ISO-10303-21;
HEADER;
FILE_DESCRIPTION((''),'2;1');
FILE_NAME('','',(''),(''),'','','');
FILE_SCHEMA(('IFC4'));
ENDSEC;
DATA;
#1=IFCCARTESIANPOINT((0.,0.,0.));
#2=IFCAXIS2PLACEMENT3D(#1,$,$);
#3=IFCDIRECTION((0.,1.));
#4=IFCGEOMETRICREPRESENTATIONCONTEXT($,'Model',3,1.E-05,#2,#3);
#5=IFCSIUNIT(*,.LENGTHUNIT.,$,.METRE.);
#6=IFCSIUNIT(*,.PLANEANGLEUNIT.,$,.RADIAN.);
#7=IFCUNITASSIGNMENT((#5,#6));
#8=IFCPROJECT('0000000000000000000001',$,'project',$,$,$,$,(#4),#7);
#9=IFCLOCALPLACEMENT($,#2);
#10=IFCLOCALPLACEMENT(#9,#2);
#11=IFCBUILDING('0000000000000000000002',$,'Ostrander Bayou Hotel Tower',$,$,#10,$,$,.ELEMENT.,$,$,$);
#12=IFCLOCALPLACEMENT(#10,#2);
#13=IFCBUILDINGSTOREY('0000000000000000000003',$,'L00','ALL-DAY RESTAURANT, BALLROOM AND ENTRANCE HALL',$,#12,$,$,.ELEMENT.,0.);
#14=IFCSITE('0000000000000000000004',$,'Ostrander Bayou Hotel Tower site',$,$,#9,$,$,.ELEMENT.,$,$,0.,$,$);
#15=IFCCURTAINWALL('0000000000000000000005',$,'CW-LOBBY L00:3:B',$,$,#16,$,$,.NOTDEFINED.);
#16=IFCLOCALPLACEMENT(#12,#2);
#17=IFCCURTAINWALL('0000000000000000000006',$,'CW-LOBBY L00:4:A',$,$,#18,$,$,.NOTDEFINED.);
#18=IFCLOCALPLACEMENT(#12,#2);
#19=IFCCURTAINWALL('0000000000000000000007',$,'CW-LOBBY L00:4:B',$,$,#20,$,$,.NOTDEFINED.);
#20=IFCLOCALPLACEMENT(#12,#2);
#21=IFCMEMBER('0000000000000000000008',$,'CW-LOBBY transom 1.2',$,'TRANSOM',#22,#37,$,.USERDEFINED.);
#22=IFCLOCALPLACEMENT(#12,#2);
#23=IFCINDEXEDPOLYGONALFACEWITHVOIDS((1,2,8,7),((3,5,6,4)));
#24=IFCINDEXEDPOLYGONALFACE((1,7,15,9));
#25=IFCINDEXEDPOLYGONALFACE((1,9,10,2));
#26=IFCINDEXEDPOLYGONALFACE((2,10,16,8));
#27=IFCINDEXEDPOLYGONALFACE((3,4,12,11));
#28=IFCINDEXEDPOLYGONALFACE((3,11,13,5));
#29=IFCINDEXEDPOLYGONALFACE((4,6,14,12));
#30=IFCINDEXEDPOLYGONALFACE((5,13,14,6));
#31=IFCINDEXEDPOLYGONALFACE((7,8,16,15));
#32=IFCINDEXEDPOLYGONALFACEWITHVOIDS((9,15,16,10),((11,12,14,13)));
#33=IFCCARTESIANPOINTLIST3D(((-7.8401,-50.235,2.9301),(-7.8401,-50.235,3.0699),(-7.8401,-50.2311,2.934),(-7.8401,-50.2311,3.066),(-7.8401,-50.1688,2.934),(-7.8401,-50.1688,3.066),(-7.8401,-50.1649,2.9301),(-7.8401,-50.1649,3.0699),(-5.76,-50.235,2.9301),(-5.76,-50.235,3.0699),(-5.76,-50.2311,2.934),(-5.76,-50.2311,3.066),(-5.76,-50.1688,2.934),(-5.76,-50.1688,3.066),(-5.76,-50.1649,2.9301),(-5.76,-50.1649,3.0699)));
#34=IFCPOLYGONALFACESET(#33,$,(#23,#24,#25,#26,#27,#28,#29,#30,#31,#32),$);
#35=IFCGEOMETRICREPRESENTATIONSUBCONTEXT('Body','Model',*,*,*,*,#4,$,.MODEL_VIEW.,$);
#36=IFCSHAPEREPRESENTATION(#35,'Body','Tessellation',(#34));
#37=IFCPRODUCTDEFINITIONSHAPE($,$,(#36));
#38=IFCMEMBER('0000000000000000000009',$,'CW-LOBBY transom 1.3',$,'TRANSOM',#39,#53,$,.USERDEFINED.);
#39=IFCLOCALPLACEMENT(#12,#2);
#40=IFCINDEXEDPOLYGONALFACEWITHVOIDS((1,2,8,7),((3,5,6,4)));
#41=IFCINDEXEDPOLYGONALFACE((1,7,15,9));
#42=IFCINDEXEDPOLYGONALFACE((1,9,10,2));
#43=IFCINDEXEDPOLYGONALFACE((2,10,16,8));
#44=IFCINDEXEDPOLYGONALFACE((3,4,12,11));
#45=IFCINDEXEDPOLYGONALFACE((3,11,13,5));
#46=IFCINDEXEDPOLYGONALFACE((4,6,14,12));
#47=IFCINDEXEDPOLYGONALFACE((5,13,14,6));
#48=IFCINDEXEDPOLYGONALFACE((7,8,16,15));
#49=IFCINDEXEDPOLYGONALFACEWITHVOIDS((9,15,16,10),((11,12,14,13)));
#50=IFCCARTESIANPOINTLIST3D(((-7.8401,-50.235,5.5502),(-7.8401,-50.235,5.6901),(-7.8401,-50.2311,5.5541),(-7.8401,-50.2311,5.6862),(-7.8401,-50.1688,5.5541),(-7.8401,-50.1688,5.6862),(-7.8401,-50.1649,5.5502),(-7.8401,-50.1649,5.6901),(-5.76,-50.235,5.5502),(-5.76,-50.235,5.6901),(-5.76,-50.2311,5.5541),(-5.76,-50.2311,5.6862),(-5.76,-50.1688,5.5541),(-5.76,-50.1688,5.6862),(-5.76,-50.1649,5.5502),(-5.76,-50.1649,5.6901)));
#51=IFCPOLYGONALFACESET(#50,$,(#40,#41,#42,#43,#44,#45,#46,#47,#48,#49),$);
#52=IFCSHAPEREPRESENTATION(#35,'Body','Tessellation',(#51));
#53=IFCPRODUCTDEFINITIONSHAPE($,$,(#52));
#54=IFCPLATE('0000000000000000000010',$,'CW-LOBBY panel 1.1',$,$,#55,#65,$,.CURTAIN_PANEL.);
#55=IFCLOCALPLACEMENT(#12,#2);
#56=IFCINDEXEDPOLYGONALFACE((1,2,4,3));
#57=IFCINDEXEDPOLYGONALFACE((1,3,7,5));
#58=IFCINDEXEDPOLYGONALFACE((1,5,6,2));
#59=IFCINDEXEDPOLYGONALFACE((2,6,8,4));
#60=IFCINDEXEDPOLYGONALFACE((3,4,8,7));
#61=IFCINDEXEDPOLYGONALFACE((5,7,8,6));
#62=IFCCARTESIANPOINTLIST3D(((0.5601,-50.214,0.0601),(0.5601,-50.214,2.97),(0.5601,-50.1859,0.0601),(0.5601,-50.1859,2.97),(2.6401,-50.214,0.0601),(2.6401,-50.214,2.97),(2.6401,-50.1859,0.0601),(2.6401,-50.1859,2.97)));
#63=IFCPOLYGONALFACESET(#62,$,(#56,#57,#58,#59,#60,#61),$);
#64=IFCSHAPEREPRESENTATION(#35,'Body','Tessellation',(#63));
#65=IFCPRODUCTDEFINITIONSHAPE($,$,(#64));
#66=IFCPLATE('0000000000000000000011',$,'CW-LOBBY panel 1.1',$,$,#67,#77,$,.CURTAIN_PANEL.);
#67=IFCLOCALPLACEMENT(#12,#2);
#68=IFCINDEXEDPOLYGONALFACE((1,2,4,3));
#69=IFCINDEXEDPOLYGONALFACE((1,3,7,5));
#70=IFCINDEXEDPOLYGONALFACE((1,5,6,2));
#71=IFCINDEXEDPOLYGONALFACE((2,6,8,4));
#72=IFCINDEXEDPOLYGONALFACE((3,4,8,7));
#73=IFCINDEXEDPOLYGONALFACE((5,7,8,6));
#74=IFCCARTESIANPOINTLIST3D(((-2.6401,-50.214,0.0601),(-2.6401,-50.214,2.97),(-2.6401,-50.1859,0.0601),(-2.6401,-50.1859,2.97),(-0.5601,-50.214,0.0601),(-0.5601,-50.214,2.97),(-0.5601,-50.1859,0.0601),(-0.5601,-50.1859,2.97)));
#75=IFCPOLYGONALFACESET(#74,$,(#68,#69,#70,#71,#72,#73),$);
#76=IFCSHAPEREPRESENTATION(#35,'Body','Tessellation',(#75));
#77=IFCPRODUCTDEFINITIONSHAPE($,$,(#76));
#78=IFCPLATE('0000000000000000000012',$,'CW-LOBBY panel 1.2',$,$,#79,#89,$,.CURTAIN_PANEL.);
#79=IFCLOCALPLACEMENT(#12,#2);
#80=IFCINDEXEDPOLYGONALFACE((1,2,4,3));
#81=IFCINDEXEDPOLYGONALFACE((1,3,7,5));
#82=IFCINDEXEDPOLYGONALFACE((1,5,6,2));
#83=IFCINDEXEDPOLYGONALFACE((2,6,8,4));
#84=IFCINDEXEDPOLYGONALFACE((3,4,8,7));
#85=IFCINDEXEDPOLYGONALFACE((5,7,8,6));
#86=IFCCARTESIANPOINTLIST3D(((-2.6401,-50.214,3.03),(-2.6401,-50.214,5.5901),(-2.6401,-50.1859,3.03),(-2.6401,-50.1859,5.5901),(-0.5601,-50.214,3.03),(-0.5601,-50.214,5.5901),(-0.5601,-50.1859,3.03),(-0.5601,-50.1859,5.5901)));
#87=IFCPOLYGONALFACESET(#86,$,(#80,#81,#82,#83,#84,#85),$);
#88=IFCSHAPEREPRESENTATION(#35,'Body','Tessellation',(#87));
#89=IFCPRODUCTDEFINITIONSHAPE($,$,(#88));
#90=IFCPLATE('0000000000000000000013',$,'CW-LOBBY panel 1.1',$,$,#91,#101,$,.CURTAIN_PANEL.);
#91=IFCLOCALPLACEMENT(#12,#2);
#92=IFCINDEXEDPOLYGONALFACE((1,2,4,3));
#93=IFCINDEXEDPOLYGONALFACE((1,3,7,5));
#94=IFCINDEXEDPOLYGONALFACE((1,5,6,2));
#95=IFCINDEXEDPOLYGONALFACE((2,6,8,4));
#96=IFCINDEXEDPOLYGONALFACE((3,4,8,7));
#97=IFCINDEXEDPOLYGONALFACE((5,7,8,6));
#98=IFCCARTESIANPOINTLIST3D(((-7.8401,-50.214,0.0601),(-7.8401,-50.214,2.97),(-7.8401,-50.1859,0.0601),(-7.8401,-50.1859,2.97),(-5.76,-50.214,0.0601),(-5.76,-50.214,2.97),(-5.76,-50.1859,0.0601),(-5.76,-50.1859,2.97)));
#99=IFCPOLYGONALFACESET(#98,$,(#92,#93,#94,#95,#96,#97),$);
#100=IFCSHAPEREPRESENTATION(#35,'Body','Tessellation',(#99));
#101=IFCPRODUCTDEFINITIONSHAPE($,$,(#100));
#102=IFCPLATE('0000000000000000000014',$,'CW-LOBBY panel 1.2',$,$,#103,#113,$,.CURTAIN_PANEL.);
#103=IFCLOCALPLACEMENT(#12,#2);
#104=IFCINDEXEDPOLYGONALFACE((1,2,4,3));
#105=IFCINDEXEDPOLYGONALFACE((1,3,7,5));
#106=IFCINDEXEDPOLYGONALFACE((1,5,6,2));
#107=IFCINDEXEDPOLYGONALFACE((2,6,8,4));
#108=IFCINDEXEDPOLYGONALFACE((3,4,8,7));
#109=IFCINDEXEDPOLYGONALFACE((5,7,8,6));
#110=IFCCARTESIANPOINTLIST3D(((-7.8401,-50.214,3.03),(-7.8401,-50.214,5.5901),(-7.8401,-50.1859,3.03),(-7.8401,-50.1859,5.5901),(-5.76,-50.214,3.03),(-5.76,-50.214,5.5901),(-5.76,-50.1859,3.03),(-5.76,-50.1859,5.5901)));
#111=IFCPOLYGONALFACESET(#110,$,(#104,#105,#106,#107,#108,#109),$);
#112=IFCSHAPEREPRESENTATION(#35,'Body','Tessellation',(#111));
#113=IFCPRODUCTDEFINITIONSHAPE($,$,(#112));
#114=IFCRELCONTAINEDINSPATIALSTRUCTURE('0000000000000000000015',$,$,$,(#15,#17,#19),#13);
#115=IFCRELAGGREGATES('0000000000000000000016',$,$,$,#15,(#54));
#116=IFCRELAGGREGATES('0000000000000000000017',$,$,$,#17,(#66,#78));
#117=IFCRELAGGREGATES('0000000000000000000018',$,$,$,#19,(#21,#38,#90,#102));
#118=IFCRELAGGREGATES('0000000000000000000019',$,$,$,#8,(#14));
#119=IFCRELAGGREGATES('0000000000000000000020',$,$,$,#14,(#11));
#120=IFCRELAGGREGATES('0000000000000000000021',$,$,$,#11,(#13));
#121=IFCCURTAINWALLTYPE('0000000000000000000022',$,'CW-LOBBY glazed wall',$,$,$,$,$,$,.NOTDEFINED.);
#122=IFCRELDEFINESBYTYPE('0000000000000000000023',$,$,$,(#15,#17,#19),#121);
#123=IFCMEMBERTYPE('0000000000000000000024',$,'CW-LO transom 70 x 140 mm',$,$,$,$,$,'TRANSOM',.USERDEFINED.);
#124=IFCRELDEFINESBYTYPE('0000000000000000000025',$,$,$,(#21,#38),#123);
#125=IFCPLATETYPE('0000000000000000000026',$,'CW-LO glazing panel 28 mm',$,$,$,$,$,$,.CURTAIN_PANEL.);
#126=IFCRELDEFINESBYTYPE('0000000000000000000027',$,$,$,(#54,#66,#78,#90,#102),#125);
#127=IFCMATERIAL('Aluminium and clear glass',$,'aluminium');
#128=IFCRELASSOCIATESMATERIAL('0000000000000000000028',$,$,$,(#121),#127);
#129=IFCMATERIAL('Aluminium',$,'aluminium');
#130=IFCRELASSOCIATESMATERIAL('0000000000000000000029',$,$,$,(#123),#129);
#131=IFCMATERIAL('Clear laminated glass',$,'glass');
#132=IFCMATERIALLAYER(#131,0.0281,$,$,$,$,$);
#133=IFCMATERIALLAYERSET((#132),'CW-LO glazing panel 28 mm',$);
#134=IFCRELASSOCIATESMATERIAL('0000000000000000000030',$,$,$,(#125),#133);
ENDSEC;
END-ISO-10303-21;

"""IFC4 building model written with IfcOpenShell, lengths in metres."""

from ifc_helpers import new_model, si_unit, direction, frame, origin, origin_2d, place, context, subcontext, project, spatial, rectangle, hollow_rectangle, extrude, material, layer, layer_set, material_profile, profile_set, type_object, element, aggregate, save


model = new_model("IFC4")

# Units and contexts
model_context = context("Model", 3, precision=1e-05, world=origin(), true_north=direction((0.0, 1.0)))
body_context = subcontext(model_context, "Body", "Model", "MODEL_VIEW")
ifc_project = project(units=[si_unit("LENGTHUNIT", "METRE"), si_unit("PLANEANGLEUNIT", "RADIAN")], contexts=[model_context])

# Site, building, storey
site_placement = place(None, origin())
site = spatial("IfcSite", under=ifc_project, at=site_placement, Name="Ostrander Bayou Hotel Tower site", CompositionType="ELEMENT", RefElevation=0.0)
building_placement = place(site_placement, origin())
building = spatial("IfcBuilding", under=site, at=building_placement, Name="Ostrander Bayou Hotel Tower", CompositionType="ELEMENT")
storey_placement = place(building_placement, origin())
storey = spatial("IfcBuildingStorey", under=building, at=storey_placement, Name="L00", Description="ALL-DAY RESTAURANT, BALLROOM AND ENTRANCE HALL", CompositionType="ELEMENT", Elevation=0.0)

# Curtain wall
ifc_material_1 = material(Name="Aluminium and clear glass", Category="aluminium")
curtain_wall_type = type_object("IfcCurtainWallType", Name="CW-LOBBY glazed wall", PredefinedType="NOTDEFINED", material=ifc_material_1)
curtain_wall_1_placement = place(storey_placement, origin())
curtain_wall_1 = element("IfcCurtainWall", 1, at=curtain_wall_1_placement, inside=storey, type_object=curtain_wall_type, Name="CW-LOBBY L00:3:B", PredefinedType="NOTDEFINED")

# Curtain walls
curtain_wall_2_placement = place(storey_placement, origin())
curtain_wall_2 = element("IfcCurtainWall", 2, at=curtain_wall_2_placement, inside=storey, type_object=curtain_wall_type, Name="CW-LOBBY L00:4:A", PredefinedType="NOTDEFINED")
curtain_wall_3_placement = place(storey_placement, origin())
curtain_wall_3 = element("IfcCurtainWall", 3, at=curtain_wall_3_placement, inside=storey, type_object=curtain_wall_type, Name="CW-LOBBY L00:4:B", PredefinedType="NOTDEFINED")

# Members
ifc_material_2 = material(Name="Aluminium", Category="aluminium")
ifc_material_profile_1 = material_profile(ifc_material_2, hollow_rectangle(XDim=0.0701, YDim=0.1399, WallThickness=0.0039, at=origin_2d()))
ifc_profile_set_1 = profile_set([ifc_material_profile_1], Name="Aluminium")
member_type_1 = type_object("IfcMemberType", Name="CW-LO transom 70 x 140 mm", ElementType="TRANSOM", PredefinedType="USERDEFINED", material=ifc_profile_set_1)
member_1_placement = place(storey_placement, frame((-5.76, -50.2, 3.0), z_axis=(-1.0, 0.0, 0.0), x_axis=(0.0, -1.0, 0.0)))
member_1 = element("IfcMember", 4, at=member_1_placement, type_object=member_type_1, Name="CW-LOBBY transom 1.2", ObjectType="TRANSOM", PredefinedType="USERDEFINED", context=body_context, shape_type="SweptSolid", body=[
    extrude(hollow_rectangle(XDim=0.0701, YDim=0.1399, WallThickness=0.0039, at=origin_2d()), origin(), (0.0, 0.0, 1.0), 2.0801),
])
member_2_placement = place(storey_placement, frame((-5.76, -50.2, 5.6201), z_axis=(-1.0, 0.0, 0.0), x_axis=(0.0, -1.0, 0.0)))
member_2 = element("IfcMember", 5, at=member_2_placement, type_object=member_type_1, Name="CW-LOBBY transom 1.3", ObjectType="TRANSOM", PredefinedType="USERDEFINED", context=body_context, shape_type="SweptSolid", body=[
    extrude(hollow_rectangle(XDim=0.0701, YDim=0.1399, WallThickness=0.0039, at=origin_2d()), origin(), (0.0, 0.0, 1.0), 2.0801),
])

# Plates
ifc_material_3 = material(Name="Clear laminated glass", Category="glass")
ifc_layer_1 = layer(ifc_material_3, 0.0281)
ifc_layer_set_1 = layer_set([ifc_layer_1], Name="CW-LO glazing panel 28 mm")
plate_type = type_object("IfcPlateType", Name="CW-LO glazing panel 28 mm", PredefinedType="CURTAIN_PANEL", material=ifc_layer_set_1)
plate_1_placement = place(storey_placement, frame((1.6001, -50.2, 0.0601), z_axis=(0.0, 0.0, 1.0), x_axis=(-1.0, 0.0, 0.0)))
plate_1 = element("IfcPlate", 6, at=plate_1_placement, type_object=plate_type, Name="CW-LOBBY panel 1.1", PredefinedType="CURTAIN_PANEL", context=body_context, shape_type="SweptSolid", body=[
    extrude(rectangle(XDim=2.0801, YDim=0.0281, at=origin_2d()), origin(), (0.0, 0.0, 1.0), 2.9099),
])
aggregate(curtain_wall_1, [plate_1])
plate_2_placement = place(storey_placement, frame((-1.6001, -50.2, 0.0601), z_axis=(0.0, 0.0, 1.0), x_axis=(-1.0, 0.0, 0.0)))
plate_2 = element("IfcPlate", 7, at=plate_2_placement, type_object=plate_type, Name="CW-LOBBY panel 1.1", PredefinedType="CURTAIN_PANEL", context=body_context, shape_type="SweptSolid", body=[
    extrude(rectangle(XDim=2.0801, YDim=0.0281, at=origin_2d()), origin(), (0.0, 0.0, 1.0), 2.9099),
])
plate_3_placement = place(storey_placement, frame((-1.6001, -50.2, 3.03), z_axis=(0.0, 0.0, 1.0), x_axis=(-1.0, 0.0, 0.0)))
plate_3 = element("IfcPlate", 8, at=plate_3_placement, type_object=plate_type, Name="CW-LOBBY panel 1.2", PredefinedType="CURTAIN_PANEL", context=body_context, shape_type="SweptSolid", body=[
    extrude(rectangle(XDim=2.0801, YDim=0.0281, at=origin_2d()), origin(), (0.0, 0.0, 1.0), 2.5601),
])
aggregate(curtain_wall_2, [plate_2, plate_3])
plate_4_placement = place(storey_placement, frame((-6.8, -50.2, 0.0601), z_axis=(0.0, 0.0, 1.0), x_axis=(-1.0, 0.0, 0.0)))
plate_4 = element("IfcPlate", 9, at=plate_4_placement, type_object=plate_type, Name="CW-LOBBY panel 1.1", PredefinedType="CURTAIN_PANEL", context=body_context, shape_type="SweptSolid", body=[
    extrude(rectangle(XDim=2.0801, YDim=0.0281, at=origin_2d()), origin(), (0.0, 0.0, 1.0), 2.9099),
])
plate_5_placement = place(storey_placement, frame((-6.8, -50.2, 3.03), z_axis=(0.0, 0.0, 1.0), x_axis=(-1.0, 0.0, 0.0)))
plate_5 = element("IfcPlate", 10, at=plate_5_placement, type_object=plate_type, Name="CW-LOBBY panel 1.2", PredefinedType="CURTAIN_PANEL", context=body_context, shape_type="SweptSolid", body=[
    extrude(rectangle(XDim=2.0801, YDim=0.0281, at=origin_2d()), origin(), (0.0, 0.0, 1.0), 2.5601),
])
aggregate(curtain_wall_3, [member_1, member_2, plate_4, plate_5])

save(model, "model.ifc")
